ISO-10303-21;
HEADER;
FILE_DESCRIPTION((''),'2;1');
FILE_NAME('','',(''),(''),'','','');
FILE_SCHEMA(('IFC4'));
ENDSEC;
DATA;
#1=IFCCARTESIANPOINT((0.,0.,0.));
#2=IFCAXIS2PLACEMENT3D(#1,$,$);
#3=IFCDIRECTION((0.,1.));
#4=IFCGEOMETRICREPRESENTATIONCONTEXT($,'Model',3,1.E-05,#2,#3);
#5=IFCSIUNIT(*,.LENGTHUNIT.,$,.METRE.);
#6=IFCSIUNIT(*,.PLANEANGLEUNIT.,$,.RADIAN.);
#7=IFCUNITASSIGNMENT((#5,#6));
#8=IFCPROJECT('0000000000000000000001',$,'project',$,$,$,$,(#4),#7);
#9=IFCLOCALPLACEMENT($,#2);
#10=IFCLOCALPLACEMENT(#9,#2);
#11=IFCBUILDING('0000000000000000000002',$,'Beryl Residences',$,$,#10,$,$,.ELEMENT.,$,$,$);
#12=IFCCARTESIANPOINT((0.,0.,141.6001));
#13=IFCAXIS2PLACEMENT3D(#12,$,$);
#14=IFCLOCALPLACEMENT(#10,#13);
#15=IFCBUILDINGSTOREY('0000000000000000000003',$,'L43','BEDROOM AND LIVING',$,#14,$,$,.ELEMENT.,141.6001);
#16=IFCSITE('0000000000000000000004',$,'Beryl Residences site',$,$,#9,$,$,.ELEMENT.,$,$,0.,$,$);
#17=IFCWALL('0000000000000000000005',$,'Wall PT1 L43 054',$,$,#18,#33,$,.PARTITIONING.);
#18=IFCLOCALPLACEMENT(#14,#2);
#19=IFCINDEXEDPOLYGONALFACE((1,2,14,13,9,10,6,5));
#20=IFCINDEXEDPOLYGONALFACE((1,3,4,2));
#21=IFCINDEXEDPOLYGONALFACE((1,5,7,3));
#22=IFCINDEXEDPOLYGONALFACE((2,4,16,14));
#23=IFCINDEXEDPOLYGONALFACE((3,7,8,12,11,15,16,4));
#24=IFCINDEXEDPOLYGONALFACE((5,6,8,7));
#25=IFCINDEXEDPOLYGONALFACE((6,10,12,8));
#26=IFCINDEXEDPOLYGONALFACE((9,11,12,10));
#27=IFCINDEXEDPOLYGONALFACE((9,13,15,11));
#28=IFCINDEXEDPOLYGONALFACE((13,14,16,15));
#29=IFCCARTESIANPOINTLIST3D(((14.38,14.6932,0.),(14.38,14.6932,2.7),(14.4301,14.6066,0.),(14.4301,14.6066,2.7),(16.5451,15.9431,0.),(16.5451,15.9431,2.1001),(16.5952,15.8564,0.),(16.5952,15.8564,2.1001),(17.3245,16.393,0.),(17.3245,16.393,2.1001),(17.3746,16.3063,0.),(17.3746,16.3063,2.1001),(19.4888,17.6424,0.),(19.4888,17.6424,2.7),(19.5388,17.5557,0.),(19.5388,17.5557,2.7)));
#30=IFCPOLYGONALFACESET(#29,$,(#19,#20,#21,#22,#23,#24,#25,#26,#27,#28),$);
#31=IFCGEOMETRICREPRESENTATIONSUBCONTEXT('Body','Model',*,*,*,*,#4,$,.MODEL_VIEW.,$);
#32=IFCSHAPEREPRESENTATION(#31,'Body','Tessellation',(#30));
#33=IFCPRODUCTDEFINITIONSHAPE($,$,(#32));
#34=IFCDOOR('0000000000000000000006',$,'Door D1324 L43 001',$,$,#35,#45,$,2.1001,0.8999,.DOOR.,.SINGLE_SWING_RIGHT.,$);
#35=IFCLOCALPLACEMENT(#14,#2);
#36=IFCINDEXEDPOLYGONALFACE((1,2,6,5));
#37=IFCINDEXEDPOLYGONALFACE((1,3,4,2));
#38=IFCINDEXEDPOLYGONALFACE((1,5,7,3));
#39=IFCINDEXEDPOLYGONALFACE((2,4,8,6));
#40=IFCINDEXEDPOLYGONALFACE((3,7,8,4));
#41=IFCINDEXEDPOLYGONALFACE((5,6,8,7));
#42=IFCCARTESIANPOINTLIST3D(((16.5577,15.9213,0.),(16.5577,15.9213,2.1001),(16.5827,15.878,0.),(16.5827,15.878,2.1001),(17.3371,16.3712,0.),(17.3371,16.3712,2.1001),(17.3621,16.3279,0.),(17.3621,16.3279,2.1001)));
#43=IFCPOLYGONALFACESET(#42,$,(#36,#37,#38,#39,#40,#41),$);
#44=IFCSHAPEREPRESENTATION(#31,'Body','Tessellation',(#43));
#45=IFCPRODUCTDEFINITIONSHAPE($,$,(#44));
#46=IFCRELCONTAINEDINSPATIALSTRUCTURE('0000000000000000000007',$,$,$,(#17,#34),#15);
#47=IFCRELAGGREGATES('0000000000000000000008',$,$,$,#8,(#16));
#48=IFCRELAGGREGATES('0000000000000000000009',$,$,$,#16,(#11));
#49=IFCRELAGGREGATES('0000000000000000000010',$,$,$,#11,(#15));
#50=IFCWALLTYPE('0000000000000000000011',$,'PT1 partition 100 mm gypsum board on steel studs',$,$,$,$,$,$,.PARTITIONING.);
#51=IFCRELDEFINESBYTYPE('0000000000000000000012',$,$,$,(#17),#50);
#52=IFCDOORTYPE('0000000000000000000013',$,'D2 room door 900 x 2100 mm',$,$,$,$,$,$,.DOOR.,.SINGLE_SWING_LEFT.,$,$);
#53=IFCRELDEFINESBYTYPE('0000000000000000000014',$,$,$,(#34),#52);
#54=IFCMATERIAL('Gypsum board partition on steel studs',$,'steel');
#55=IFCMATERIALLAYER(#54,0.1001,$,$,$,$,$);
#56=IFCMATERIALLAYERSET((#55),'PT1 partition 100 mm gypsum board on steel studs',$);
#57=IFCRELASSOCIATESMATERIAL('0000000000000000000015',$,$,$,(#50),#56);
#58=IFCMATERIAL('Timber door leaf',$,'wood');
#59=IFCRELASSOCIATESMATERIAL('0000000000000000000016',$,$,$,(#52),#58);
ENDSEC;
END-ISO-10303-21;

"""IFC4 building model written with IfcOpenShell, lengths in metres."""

from ifc_helpers import new_model, si_unit, direction, frame, frame_2d, origin, place, context, subcontext, project, spatial, rectangle, extrude, material, layer, layer_set, type_object, element, fill, save


model = new_model("IFC4")

# Units and contexts
model_context = context("Model", 3, precision=1e-05, world=origin(), true_north=direction((0.0, 1.0)))
body_context = subcontext(model_context, "Body", "Model", "MODEL_VIEW")
ifc_project = project(units=[si_unit("LENGTHUNIT", "METRE"), si_unit("PLANEANGLEUNIT", "RADIAN")], contexts=[model_context])

# Site, building, storey
site_placement = place(None, origin())
site = spatial("IfcSite", under=ifc_project, at=site_placement, Name="Beryl Residences site", CompositionType="ELEMENT", RefElevation=0.0)
building_placement = place(site_placement, origin())
building = spatial("IfcBuilding", under=site, at=building_placement, Name="Beryl Residences", CompositionType="ELEMENT")
storey_placement = place(building_placement, frame((0.0, 0.0, 141.6001)))
storey = spatial("IfcBuildingStorey", under=building, at=storey_placement, Name="L43", Description="BEDROOM AND LIVING", CompositionType="ELEMENT", Elevation=141.6001)

# Shared definitions
ifc_material_1 = material(Name="Gypsum board partition on steel studs", Category="steel")
ifc_layer_1 = layer(ifc_material_1, 0.1001)
ifc_layer_set_1 = layer_set([ifc_layer_1], Name="PT1 partition 100 mm gypsum board on steel studs")
wall_type_1 = type_object("IfcWallType", Name="PT1 partition 100 mm gypsum board on steel studs", PredefinedType="PARTITIONING", material=ifc_layer_set_1)

# Wall, opening, door
wall_1_placement = place(storey_placement, frame((14.405, 14.6499, 0.0), z_axis=(0.0, 0.0, 1.0), x_axis=(0.866055, 0.499949, 0.0)))
wall_1 = element("IfcWall", 1, at=wall_1_placement, inside=storey, type_object=wall_type_1, Name="Wall PT1 L43 054", PredefinedType="PARTITIONING", context=body_context, shape_type="SweptSolid", body=[
    extrude(rectangle(XDim=5.8989, YDim=0.1001, at=frame_2d((2.9495, 0.0))), origin(), (0.0, 0.0, 1.0), 2.7),
])
opening_1_placement = place(wall_1_placement, frame((2.5, 0.0, 0.0)))
opening_1 = element("IfcOpeningElement", 2, at=opening_1_placement, cuts=wall_1, PredefinedType="OPENING", context=body_context, shape_type="SweptSolid", body=[
    extrude(rectangle(XDim=0.8999, YDim=2.1001, at=frame_2d((0.45, 1.05))), frame((0.0, 0.0601, 0.0), z_axis=(0.0, -1.0, 0.0), x_axis=(1.0, 0.0, 0.0)), (0.0, 0.0, 1.0), 0.1201),
])
ifc_material_2 = material(Name="Timber door leaf", Category="wood")
door_type_1 = type_object("IfcDoorType", Name="D2 room door 900 x 2100 mm", OperationType="SINGLE_SWING_LEFT", PredefinedType="DOOR", material=ifc_material_2)
door_1_placement = place(opening_1_placement, origin())
door_1 = element("IfcDoor", 3, at=door_1_placement, inside=storey, type_object=door_type_1, Name="Door D1324 L43 001", OperationType="SINGLE_SWING_RIGHT", OverallHeight=2.1001, OverallWidth=0.8999, PredefinedType="DOOR", context=body_context, shape_type="SweptSolid", body=[
    extrude(rectangle(XDim=0.8999, YDim=2.1001, at=frame_2d((0.45, 1.05))), frame((0.0, 0.0249, 0.0), z_axis=(0.0, -1.0, 0.0), x_axis=(1.0, 0.0, 0.0)), (0.0, 0.0, 1.0), 0.05),
])
fill(opening_1, door_1)

save(model, "model.ifc")
